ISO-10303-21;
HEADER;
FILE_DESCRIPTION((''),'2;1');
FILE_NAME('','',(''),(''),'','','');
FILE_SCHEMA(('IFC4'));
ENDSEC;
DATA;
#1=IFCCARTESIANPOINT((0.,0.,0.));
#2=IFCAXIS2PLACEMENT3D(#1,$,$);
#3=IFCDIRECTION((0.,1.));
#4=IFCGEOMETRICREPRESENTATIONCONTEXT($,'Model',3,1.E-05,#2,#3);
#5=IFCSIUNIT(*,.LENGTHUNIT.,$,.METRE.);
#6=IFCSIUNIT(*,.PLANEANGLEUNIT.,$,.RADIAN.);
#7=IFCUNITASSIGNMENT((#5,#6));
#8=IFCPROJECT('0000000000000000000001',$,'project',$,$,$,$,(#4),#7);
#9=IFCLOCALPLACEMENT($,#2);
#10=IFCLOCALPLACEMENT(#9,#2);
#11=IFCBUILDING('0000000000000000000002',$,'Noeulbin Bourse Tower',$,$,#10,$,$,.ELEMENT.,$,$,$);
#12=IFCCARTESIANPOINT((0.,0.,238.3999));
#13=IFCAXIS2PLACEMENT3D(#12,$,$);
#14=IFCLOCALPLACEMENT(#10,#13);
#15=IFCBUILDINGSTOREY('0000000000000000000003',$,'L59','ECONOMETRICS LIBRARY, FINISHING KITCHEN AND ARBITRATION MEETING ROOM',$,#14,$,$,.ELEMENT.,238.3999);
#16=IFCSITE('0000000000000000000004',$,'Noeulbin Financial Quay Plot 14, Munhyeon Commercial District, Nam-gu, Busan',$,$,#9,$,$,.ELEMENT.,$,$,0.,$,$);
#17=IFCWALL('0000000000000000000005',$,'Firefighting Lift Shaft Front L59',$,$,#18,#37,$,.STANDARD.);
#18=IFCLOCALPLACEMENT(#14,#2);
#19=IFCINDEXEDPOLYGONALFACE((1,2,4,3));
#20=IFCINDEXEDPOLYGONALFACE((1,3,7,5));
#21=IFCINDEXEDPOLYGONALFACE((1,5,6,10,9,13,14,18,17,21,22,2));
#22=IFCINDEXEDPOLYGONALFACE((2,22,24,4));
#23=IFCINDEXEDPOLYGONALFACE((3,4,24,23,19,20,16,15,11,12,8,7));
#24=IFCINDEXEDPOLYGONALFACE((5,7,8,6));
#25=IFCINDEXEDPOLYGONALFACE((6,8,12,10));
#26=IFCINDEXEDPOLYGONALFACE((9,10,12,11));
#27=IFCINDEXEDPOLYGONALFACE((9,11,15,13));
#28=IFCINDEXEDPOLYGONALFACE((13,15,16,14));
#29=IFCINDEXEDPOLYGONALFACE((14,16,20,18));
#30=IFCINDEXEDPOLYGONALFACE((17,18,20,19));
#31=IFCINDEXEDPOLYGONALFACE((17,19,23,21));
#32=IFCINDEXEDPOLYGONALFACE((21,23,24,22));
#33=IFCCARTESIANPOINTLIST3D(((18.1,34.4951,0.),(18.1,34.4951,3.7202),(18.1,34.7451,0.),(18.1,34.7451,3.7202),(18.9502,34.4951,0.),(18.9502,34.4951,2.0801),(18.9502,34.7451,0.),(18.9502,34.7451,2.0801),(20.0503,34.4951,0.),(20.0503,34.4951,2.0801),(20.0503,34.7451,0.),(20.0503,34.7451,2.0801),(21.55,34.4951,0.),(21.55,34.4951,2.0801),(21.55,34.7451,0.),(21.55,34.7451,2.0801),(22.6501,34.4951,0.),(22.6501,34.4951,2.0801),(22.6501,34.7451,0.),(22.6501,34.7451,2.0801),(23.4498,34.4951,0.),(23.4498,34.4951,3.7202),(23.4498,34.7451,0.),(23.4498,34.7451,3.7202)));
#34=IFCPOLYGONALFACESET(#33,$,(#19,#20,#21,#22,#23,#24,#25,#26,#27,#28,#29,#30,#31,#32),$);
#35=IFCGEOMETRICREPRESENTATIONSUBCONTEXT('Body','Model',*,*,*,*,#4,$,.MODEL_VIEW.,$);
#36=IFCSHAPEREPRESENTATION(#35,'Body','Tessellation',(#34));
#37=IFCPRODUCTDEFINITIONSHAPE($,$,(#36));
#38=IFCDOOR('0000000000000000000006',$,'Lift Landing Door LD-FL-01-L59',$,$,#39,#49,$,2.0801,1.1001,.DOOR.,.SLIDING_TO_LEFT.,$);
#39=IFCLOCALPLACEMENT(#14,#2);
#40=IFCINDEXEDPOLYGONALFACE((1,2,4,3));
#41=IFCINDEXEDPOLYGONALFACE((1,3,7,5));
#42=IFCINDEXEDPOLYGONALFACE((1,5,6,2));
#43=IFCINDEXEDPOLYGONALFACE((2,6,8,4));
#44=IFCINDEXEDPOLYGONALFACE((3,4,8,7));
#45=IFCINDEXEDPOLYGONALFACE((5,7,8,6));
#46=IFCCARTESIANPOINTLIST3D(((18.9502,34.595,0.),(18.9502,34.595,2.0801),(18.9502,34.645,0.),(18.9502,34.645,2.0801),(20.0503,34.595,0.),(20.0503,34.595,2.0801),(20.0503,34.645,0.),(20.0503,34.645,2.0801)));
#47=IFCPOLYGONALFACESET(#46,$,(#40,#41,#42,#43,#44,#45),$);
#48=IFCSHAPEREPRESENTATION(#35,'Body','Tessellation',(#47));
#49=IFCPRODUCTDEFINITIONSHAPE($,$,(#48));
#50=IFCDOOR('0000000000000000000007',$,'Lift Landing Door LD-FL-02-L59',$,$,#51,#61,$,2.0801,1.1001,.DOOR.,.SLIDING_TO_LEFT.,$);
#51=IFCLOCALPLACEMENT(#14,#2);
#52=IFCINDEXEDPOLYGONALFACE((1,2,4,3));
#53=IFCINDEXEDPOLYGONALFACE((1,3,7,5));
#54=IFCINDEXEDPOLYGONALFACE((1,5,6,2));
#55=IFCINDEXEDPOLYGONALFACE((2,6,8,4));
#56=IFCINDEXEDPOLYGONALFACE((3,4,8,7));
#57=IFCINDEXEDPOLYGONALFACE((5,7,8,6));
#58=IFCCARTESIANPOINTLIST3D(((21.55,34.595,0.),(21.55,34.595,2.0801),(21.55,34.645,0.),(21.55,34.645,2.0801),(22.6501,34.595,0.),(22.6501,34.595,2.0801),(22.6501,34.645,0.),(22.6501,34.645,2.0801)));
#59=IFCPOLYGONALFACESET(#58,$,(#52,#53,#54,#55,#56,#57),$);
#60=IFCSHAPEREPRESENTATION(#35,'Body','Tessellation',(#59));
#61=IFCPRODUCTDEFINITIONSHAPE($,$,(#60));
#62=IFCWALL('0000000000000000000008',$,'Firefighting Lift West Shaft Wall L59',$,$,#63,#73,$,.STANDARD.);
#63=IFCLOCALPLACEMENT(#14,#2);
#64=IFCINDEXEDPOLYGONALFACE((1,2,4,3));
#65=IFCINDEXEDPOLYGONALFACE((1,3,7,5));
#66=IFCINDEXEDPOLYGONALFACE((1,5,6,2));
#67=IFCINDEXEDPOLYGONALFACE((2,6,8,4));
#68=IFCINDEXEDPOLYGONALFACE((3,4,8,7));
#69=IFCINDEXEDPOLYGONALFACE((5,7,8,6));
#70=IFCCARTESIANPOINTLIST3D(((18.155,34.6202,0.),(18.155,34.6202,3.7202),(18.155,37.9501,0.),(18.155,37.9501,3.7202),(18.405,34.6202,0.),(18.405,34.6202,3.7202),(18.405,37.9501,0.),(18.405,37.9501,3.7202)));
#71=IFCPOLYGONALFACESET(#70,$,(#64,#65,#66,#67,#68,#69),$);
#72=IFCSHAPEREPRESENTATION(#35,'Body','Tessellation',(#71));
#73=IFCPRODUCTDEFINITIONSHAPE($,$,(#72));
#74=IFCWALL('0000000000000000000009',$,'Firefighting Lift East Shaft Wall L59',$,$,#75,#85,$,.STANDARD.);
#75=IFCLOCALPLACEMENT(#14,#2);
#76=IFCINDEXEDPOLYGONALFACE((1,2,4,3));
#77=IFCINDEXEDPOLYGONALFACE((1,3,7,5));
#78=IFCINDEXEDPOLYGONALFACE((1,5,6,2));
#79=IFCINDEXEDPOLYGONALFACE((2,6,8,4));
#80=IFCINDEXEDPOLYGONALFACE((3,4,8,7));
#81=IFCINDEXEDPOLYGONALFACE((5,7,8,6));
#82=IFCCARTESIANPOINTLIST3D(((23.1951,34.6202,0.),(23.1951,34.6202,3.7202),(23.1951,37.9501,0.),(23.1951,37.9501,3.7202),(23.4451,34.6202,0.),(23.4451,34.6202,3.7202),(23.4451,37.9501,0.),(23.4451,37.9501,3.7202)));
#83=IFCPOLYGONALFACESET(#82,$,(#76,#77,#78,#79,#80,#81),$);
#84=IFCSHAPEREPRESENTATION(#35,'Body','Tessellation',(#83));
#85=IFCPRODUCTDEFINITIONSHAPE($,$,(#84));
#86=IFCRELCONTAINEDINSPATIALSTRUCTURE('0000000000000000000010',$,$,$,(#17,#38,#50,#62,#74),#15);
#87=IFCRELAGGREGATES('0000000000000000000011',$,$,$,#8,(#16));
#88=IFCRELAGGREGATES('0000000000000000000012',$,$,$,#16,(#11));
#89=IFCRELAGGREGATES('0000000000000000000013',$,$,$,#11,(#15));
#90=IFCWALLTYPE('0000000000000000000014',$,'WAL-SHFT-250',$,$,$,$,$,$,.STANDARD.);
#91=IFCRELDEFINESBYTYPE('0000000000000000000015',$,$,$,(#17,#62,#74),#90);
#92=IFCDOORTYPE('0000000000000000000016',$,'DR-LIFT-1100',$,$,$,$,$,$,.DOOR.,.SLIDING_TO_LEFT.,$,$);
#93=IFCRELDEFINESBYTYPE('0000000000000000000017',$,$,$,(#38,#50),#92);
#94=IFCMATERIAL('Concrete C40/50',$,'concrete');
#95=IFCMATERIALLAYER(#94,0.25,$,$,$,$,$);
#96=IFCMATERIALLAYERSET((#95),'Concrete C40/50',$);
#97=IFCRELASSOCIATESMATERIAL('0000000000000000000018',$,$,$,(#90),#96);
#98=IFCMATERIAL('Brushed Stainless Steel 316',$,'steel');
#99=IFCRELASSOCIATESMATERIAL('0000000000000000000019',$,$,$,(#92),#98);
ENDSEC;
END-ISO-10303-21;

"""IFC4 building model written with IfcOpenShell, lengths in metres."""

from ifc_helpers import new_model, si_unit, direction, frame, frame_2d, origin, place, context, subcontext, project, spatial, rectangle, extrude, material, layer, layer_set, type_object, element, fill, save


model = new_model("IFC4")

# Units and contexts
model_context = context("Model", 3, precision=1e-05, world=origin(), true_north=direction((0.0, 1.0)))
body_context = subcontext(model_context, "Body", "Model", "MODEL_VIEW")
ifc_project = project(units=[si_unit("LENGTHUNIT", "METRE"), si_unit("PLANEANGLEUNIT", "RADIAN")], contexts=[model_context])

# Site, building, storey
site_placement = place(None, origin())
site = spatial("IfcSite", under=ifc_project, at=site_placement, Name="Noeulbin Financial Quay Plot 14, Munhyeon Commercial District, Nam-gu, Busan", CompositionType="ELEMENT", RefElevation=0.0)
building_placement = place(site_placement, origin())
building = spatial("IfcBuilding", under=site, at=building_placement, Name="Noeulbin Bourse Tower", CompositionType="ELEMENT")
storey_placement = place(building_placement, frame((0.0, 0.0, 238.3999)))
storey = spatial("IfcBuildingStorey", under=building, at=storey_placement, Name="L59", Description="ECONOMETRICS LIBRARY, FINISHING KITCHEN AND ARBITRATION MEETING ROOM", CompositionType="ELEMENT", Elevation=238.3999)

# Shared definitions
ifc_material_1 = material(Name="Concrete C40/50", Category="concrete")

# Wall, openings, doors
ifc_layer_1 = layer(ifc_material_1, 0.25)
ifc_layer_set_1 = layer_set([ifc_layer_1], Name="Concrete C40/50")
wall_type_1 = type_object("IfcWallType", Name="WAL-SHFT-250", PredefinedType="STANDARD", material=ifc_layer_set_1)
wall_1_placement = place(storey_placement, frame((18.1001, 34.6201, 0.0), z_axis=(0.0, 0.0, 1.0), x_axis=(1.0, 0.0, 0.0)))
wall_1 = element("IfcWall", 1, at=wall_1_placement, inside=storey, type_object=wall_type_1, Name="Firefighting Lift Shaft Front L59", PredefinedType="STANDARD", context=body_context, shape_type="SweptSolid", body=[
    extrude(rectangle(XDim=5.3499, YDim=0.25, at=frame_2d((2.6748, 0.0))), origin(), (0.0, 0.0, 1.0), 3.7202),
])
opening_1_placement = place(wall_1_placement, frame((0.8501, 0.0, 0.0)))
opening_1 = element("IfcOpeningElement", 2, at=opening_1_placement, cuts=wall_1, PredefinedType="OPENING", context=body_context, shape_type="SweptSolid", body=[
    extrude(rectangle(XDim=1.1001, YDim=2.0801, at=frame_2d((0.55, 1.04))), frame((0.0, 0.135, 0.0), z_axis=(0.0, -1.0, 0.0), x_axis=(1.0, 0.0, 0.0)), (0.0, 0.0, 1.0), 0.27),
])
opening_2_placement = place(wall_1_placement, frame((3.45, 0.0, 0.0)))
opening_2 = element("IfcOpeningElement", 3, at=opening_2_placement, cuts=wall_1, PredefinedType="OPENING", context=body_context, shape_type="SweptSolid", body=[
    extrude(rectangle(XDim=1.1001, YDim=2.0801, at=frame_2d((0.55, 1.04))), frame((0.0, 0.135, 0.0), z_axis=(0.0, -1.0, 0.0), x_axis=(1.0, 0.0, 0.0)), (0.0, 0.0, 1.0), 0.27),
])
ifc_material_2 = material(Name="Brushed Stainless Steel 316", Category="steel")
door_type_1 = type_object("IfcDoorType", Name="DR-LIFT-1100", OperationType="SLIDING_TO_LEFT", PredefinedType="DOOR", material=ifc_material_2)
door_1_placement = place(opening_1_placement, origin())
door_1 = element("IfcDoor", 4, at=door_1_placement, inside=storey, type_object=door_type_1, Name="Lift Landing Door LD-FL-01-L59", OperationType="SLIDING_TO_LEFT", OverallHeight=2.0801, OverallWidth=1.1001, PredefinedType="DOOR", context=body_context, shape_type="SweptSolid", body=[
    extrude(rectangle(XDim=1.1001, YDim=2.0801, at=frame_2d((0.55, 1.04))), frame((0.0, 0.0249, 0.0), z_axis=(0.0, -1.0, 0.0), x_axis=(1.0, 0.0, 0.0)), (0.0, 0.0, 1.0), 0.05),
])
fill(opening_1, door_1)
door_2_placement = place(opening_2_placement, origin())
door_2 = element("IfcDoor", 5, at=door_2_placement, inside=storey, type_object=door_type_1, Name="Lift Landing Door LD-FL-02-L59", OperationType="SLIDING_TO_LEFT", OverallHeight=2.0801, OverallWidth=1.1001, PredefinedType="DOOR", context=body_context, shape_type="SweptSolid", body=[
    extrude(rectangle(XDim=1.1001, YDim=2.0801, at=frame_2d((0.55, 1.04))), frame((0.0, 0.0249, 0.0), z_axis=(0.0, -1.0, 0.0), x_axis=(1.0, 0.0, 0.0)), (0.0, 0.0, 1.0), 0.05),
])
fill(opening_2, door_2)

# Walls
for number, where, z_axis, x_axis, name in (
    (6, (18.28, 34.6201, 0.0), (0.0, 0.0, 1.0), (0.0, 1.0, 0.0), "Firefighting Lift West Shaft Wall L59"),
    (7, (23.3201, 34.6201, 0.0), (0.0, 0.0, 1.0), (0.0, 1.0, 0.0), "Firefighting Lift East Shaft Wall L59"),
):
    element("IfcWall", number, at=place(storey_placement, frame(where, z_axis=z_axis, x_axis=x_axis)), inside=storey, type_object=wall_type_1, Name=name, PredefinedType="STANDARD", context=body_context, shape_type="SweptSolid", body=[
        extrude(rectangle(XDim=3.3298, YDim=0.25, at=frame_2d((1.665, 0.0))), origin(), (0.0, 0.0, 1.0), 3.7202),
    ])

save(model, "model.ifc")
